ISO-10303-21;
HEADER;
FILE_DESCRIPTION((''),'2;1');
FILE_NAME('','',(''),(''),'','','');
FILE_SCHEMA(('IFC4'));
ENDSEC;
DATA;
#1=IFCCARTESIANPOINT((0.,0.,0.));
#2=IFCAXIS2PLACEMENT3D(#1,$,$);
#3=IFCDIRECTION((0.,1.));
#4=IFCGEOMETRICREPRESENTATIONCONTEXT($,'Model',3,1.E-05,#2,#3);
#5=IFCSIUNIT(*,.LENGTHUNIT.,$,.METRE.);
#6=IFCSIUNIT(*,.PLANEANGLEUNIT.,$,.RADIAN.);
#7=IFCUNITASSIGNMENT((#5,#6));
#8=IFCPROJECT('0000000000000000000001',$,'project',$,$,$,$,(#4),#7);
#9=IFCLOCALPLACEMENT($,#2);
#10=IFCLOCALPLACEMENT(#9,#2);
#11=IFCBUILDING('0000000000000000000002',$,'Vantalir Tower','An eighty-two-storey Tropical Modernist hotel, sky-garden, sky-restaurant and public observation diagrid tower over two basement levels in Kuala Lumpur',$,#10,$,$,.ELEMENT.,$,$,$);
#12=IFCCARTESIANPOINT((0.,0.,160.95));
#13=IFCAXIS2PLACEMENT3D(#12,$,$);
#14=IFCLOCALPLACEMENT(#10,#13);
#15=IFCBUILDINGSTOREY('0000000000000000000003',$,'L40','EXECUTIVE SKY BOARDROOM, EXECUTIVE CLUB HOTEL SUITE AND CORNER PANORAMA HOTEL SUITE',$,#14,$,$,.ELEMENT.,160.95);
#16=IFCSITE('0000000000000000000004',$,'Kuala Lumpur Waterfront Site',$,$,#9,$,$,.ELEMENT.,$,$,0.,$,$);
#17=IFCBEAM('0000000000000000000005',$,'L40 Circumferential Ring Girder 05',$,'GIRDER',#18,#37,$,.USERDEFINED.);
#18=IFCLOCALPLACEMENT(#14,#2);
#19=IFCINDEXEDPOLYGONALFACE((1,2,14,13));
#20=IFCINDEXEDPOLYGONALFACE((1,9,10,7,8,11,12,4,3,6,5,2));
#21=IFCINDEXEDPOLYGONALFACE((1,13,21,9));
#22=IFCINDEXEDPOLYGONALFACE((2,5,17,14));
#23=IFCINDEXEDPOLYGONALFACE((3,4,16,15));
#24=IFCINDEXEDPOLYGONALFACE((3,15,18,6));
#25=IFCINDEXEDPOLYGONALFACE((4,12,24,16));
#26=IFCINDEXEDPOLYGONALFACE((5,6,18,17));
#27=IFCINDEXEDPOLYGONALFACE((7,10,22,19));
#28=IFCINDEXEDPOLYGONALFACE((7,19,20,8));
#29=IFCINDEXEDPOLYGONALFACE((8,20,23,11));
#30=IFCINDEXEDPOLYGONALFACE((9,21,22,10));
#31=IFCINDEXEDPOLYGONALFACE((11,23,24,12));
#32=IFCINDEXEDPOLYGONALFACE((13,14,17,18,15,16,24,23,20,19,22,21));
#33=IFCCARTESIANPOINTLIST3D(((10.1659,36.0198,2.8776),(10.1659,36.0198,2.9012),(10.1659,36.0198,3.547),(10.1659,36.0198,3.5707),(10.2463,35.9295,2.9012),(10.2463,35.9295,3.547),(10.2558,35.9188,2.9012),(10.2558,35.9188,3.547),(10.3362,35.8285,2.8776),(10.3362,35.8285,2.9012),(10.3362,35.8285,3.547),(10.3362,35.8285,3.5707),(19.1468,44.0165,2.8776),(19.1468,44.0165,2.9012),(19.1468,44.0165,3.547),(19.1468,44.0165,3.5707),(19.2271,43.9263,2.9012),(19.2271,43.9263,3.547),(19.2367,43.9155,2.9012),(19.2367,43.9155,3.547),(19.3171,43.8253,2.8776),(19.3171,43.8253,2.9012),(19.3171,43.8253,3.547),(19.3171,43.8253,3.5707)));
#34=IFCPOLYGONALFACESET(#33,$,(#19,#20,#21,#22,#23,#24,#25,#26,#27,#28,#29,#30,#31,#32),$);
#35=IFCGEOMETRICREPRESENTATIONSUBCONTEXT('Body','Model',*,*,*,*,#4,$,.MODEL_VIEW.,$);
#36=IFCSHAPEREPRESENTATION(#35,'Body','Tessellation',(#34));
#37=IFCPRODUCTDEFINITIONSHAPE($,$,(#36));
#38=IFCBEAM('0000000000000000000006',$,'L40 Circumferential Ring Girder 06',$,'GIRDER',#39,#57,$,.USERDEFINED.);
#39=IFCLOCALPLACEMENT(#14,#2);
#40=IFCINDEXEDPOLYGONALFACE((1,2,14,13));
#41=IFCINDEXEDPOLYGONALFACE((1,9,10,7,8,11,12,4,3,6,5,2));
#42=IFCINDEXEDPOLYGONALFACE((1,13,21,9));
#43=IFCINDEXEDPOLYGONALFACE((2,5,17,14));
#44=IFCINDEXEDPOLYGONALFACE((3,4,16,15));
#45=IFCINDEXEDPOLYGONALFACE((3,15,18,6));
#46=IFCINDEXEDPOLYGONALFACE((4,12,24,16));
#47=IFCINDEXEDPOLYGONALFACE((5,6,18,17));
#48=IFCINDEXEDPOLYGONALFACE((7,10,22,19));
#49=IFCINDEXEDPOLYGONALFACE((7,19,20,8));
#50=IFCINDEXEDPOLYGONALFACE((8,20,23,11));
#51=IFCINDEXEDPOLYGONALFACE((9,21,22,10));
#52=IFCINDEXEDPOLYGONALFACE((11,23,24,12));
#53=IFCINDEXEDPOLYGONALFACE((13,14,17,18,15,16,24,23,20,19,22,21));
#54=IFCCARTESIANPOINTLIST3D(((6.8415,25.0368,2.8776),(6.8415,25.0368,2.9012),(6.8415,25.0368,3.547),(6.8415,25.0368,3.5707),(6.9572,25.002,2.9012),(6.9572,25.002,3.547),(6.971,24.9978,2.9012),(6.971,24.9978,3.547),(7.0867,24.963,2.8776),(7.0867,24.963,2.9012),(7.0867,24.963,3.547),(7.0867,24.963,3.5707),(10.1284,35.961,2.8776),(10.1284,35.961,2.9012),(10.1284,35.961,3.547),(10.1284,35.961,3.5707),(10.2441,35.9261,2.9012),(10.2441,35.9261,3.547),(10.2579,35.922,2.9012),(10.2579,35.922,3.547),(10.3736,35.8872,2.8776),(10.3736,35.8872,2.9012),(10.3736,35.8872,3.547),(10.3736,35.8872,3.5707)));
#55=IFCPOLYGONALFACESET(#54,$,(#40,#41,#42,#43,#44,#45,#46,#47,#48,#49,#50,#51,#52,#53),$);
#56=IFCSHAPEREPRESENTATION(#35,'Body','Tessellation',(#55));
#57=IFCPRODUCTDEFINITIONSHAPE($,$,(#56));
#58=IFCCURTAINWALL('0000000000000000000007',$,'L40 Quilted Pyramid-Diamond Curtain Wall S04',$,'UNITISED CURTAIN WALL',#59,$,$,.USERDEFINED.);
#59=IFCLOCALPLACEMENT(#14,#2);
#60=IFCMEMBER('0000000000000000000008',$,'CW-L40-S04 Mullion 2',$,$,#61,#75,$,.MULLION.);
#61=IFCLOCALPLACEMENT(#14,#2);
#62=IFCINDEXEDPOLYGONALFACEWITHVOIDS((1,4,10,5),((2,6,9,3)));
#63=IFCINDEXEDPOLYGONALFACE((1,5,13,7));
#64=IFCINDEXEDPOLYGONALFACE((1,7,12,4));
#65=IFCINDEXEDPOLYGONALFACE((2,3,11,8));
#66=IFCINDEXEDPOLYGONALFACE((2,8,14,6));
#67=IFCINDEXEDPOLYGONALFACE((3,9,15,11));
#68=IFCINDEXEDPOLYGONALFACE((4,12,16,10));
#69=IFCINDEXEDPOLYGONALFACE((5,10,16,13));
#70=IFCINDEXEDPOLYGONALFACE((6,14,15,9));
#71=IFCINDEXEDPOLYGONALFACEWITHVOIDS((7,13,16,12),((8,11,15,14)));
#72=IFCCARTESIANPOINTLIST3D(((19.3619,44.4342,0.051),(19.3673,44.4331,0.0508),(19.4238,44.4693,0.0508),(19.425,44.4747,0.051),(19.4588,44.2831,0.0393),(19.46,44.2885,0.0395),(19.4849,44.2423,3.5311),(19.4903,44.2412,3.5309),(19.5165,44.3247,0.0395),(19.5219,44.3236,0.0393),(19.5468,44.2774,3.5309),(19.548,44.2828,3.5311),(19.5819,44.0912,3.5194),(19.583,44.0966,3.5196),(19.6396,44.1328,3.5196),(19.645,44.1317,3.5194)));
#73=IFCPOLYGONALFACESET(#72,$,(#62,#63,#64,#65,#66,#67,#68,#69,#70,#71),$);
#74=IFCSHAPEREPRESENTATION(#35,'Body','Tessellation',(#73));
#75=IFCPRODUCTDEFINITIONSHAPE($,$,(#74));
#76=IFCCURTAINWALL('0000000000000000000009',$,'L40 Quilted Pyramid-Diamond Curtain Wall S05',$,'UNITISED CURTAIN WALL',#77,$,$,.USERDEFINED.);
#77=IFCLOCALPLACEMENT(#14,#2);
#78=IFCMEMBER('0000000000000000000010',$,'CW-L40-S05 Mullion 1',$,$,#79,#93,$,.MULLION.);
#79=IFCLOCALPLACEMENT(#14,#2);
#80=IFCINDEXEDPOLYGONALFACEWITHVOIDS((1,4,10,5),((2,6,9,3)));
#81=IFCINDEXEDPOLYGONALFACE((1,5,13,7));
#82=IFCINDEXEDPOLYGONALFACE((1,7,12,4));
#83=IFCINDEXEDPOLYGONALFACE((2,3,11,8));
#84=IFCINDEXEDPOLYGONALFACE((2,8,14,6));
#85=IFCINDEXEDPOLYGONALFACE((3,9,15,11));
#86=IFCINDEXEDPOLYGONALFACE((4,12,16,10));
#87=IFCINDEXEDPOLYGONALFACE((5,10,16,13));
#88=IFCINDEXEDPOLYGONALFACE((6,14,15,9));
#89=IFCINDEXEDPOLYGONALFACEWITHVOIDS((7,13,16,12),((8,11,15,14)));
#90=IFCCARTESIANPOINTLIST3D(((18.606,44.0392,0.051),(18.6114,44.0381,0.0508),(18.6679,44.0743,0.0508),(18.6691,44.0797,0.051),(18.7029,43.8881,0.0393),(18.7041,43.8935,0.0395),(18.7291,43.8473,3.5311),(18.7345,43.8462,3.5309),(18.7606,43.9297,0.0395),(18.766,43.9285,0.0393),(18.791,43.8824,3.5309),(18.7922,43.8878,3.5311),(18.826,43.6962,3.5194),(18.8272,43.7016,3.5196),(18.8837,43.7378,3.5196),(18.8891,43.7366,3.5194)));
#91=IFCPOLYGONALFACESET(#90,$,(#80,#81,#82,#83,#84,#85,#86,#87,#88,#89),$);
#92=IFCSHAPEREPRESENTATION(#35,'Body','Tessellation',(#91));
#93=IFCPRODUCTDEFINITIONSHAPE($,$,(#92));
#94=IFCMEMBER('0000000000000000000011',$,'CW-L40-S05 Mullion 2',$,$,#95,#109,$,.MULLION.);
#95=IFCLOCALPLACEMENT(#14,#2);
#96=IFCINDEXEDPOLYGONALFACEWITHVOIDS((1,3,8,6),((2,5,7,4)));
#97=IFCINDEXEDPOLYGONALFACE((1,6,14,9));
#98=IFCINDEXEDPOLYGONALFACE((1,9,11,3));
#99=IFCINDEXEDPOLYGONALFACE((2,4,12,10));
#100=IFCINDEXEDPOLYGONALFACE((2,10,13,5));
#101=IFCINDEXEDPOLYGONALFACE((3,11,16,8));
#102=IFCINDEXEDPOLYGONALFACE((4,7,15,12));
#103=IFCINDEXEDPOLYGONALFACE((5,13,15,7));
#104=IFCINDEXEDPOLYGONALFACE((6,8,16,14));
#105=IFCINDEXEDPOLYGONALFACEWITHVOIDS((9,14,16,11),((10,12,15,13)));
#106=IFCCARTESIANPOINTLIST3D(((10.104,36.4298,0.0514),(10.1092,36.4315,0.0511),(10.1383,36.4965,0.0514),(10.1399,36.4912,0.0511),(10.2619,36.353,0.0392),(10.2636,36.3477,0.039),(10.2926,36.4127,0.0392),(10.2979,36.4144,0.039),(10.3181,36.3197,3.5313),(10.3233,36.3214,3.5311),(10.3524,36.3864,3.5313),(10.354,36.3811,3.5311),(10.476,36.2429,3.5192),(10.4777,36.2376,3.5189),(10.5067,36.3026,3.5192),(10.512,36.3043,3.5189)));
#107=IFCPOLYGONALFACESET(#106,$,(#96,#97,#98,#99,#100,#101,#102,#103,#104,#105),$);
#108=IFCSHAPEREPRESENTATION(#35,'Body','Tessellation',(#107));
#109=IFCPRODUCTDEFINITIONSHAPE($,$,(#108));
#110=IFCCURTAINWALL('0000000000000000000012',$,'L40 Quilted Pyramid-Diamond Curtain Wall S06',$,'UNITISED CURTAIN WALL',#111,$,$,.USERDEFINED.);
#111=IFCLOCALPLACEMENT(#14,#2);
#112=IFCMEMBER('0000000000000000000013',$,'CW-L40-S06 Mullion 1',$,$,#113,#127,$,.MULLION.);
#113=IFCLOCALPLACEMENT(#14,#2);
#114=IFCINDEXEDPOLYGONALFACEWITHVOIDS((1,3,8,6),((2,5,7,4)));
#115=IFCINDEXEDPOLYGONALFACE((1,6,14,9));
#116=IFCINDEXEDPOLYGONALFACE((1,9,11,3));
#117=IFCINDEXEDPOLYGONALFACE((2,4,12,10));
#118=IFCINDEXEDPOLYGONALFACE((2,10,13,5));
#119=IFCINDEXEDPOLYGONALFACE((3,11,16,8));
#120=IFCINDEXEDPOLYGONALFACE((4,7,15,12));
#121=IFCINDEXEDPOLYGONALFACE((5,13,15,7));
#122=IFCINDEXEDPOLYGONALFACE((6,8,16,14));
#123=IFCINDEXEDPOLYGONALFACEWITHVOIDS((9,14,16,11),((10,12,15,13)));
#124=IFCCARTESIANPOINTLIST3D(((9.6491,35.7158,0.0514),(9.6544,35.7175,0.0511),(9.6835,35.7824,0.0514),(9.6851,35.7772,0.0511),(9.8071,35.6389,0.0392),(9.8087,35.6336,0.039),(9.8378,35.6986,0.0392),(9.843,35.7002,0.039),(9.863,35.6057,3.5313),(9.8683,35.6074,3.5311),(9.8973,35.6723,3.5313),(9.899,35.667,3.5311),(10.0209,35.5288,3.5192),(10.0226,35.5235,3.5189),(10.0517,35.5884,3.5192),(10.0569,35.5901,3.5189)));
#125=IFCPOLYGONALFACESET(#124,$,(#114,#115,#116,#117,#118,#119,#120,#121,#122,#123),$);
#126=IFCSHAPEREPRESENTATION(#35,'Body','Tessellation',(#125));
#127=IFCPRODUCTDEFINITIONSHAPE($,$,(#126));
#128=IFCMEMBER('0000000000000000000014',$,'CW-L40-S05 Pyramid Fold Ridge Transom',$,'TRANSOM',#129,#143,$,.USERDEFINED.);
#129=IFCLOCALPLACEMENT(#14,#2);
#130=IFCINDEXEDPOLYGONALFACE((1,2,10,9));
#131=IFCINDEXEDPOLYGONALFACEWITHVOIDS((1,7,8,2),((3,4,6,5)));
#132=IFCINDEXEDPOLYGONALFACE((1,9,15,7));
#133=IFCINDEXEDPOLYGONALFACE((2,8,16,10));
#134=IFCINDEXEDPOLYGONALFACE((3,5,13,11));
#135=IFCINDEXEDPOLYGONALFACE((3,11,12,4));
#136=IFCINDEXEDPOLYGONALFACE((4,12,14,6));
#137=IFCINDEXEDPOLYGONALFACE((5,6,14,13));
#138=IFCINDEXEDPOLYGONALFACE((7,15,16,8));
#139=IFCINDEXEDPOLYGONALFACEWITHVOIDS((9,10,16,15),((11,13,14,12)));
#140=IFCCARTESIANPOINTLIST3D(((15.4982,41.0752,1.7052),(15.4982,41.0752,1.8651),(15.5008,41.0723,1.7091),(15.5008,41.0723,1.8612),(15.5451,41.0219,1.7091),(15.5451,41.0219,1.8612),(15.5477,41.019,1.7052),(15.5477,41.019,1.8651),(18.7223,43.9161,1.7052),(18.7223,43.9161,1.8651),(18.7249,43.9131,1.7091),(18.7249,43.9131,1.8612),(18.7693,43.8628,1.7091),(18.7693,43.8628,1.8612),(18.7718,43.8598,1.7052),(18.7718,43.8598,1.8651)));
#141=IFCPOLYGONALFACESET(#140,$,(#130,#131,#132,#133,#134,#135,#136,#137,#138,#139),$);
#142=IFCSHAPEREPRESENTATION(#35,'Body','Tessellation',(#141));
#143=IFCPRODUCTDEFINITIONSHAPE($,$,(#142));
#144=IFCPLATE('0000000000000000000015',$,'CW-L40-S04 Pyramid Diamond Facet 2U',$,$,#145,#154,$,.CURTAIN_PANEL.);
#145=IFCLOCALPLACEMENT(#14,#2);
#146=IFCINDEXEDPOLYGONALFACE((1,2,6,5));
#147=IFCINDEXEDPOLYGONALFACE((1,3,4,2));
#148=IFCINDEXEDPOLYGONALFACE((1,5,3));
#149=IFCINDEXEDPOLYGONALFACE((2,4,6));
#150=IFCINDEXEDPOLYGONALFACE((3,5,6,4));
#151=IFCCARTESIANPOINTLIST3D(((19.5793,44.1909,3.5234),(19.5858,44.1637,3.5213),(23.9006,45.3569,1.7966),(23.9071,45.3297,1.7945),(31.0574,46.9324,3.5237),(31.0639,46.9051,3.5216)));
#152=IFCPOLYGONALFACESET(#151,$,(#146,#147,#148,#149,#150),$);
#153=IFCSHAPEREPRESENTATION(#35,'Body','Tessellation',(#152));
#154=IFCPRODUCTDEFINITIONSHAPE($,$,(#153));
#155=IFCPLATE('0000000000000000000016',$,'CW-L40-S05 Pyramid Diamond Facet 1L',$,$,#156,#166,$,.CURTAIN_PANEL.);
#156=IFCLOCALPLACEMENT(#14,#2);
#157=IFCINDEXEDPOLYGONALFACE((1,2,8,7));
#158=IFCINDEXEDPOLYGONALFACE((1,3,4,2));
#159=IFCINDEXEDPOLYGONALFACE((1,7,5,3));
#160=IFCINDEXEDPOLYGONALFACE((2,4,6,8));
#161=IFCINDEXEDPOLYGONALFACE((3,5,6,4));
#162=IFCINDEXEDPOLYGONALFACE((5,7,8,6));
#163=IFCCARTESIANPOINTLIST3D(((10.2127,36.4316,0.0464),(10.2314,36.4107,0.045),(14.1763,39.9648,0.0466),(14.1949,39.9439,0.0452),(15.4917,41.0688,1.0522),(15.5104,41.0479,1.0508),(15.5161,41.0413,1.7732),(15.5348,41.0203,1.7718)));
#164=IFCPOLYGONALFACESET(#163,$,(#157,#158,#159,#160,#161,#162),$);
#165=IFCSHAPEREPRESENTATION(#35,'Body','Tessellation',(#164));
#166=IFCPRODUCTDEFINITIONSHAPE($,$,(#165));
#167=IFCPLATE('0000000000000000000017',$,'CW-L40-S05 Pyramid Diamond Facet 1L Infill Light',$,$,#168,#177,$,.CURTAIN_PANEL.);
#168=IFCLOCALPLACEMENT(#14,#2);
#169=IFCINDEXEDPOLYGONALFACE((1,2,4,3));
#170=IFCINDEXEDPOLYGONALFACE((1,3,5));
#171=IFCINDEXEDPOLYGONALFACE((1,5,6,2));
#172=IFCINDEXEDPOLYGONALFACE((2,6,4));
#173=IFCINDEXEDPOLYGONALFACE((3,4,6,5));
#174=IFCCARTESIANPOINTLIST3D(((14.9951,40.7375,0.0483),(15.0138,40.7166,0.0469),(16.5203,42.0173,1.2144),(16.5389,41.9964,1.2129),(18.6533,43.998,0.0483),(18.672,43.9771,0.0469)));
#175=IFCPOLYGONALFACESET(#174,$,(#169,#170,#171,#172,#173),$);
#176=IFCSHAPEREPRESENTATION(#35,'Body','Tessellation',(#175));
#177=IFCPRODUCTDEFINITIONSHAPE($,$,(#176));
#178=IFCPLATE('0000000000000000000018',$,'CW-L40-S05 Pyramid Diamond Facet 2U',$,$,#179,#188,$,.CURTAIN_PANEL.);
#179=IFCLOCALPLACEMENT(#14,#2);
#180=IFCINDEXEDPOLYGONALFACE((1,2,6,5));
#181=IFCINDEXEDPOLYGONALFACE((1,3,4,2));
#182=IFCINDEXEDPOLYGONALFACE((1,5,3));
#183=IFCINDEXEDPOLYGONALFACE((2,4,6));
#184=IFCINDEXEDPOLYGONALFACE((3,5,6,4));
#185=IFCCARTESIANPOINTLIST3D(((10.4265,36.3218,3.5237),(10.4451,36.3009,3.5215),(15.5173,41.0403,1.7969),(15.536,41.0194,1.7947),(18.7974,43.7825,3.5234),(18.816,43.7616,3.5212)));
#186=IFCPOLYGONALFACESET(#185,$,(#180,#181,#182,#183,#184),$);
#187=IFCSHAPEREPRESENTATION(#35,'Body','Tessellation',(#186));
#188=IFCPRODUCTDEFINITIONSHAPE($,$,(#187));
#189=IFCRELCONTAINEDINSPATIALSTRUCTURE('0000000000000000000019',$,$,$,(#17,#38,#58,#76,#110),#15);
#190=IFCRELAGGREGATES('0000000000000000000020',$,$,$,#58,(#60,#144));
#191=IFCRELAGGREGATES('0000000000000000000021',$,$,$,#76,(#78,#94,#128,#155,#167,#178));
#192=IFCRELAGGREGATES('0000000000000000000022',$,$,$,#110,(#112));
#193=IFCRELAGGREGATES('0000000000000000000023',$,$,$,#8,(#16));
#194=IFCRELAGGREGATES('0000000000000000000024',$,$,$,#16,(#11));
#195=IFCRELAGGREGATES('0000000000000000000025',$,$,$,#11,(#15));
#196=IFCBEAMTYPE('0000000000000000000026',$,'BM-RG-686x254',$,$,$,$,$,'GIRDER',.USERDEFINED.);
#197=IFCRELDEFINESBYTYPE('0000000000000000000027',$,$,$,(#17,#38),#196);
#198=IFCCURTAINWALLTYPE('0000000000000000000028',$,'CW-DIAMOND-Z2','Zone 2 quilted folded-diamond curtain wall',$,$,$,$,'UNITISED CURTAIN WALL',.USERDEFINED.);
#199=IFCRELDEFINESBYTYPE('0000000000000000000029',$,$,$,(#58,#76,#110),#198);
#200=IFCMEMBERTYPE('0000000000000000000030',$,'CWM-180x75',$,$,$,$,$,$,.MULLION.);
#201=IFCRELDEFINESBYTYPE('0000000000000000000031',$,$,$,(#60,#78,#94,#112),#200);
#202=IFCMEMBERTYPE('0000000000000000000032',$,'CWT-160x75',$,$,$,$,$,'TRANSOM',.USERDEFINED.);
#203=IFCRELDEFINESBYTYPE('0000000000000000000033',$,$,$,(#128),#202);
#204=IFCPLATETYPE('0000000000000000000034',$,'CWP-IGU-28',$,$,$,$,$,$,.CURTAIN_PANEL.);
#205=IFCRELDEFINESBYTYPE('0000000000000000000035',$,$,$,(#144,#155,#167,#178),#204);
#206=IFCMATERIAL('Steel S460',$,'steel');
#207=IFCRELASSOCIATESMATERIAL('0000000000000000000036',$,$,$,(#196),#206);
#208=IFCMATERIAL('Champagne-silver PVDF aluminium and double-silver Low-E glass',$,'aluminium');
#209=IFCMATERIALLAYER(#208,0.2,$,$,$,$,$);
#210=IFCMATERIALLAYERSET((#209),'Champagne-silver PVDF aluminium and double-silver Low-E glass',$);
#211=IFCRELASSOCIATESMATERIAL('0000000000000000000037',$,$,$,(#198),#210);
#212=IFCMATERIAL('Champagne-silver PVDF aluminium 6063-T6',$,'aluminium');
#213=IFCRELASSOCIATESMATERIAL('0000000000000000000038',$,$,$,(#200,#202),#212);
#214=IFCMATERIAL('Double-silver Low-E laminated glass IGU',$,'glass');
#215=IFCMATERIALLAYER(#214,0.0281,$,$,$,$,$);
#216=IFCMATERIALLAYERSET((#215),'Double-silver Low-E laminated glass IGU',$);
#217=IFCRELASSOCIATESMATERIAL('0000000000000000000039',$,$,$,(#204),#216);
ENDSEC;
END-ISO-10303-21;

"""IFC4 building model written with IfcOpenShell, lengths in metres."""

from ifc_helpers import new_model, si_unit, direction, frame, origin, origin_2d, place, context, subcontext, project, spatial, polyline, hollow_rectangle, i_section, outline, extrude, material, layer, layer_set, material_profile, profile_set, type_object, element, aggregate, save


model = new_model("IFC4")

# Units and contexts
model_context = context("Model", 3, precision=1e-05, world=origin(), true_north=direction((0.0, 1.0)))
body_context = subcontext(model_context, "Body", "Model", "MODEL_VIEW")
ifc_project = project(units=[si_unit("LENGTHUNIT", "METRE"), si_unit("PLANEANGLEUNIT", "RADIAN")], contexts=[model_context])

# Site, building, storey
site_placement = place(None, origin())
site = spatial("IfcSite", under=ifc_project, at=site_placement, Name="Kuala Lumpur Waterfront Site", CompositionType="ELEMENT", RefElevation=0.0)
building_placement = place(site_placement, origin())
building = spatial("IfcBuilding", under=site, at=building_placement, Name="Vantalir Tower", Description="An eighty-two-storey Tropical Modernist hotel, sky-garden, sky-restaurant and public observation diagrid tower over two basement levels in Kuala Lumpur", CompositionType="ELEMENT")
storey_placement = place(building_placement, frame((0.0, 0.0, 160.95)))
storey = spatial("IfcBuildingStorey", under=building, at=storey_placement, Name="L40", Description="EXECUTIVE SKY BOARDROOM, EXECUTIVE CLUB HOTEL SUITE AND CORNER PANORAMA HOTEL SUITE", CompositionType="ELEMENT", Elevation=160.95)

# Shared definitions
ifc_material_1 = material(Name="Steel S460", Category="steel")

# Beams
ifc_material_profile_1 = material_profile(ifc_material_1, i_section(OverallWidth=0.2561, OverallDepth=0.6931, WebThickness=0.0144, FlangeThickness=0.0237, at=origin_2d()), Name="Steel S460")
ifc_profile_set_1 = profile_set([ifc_material_profile_1], Name="Steel S460")
beam_type_1 = type_object("IfcBeamType", Name="BM-RG-686x254", ElementType="GIRDER", PredefinedType="USERDEFINED", material=ifc_profile_set_1)
beam_1_placement = place(storey_placement, frame((19.2319, 43.9209, 3.2241), z_axis=(-0.746841, -0.665002, 0.0), x_axis=(0.665002, -0.746841, 0.0)))
element("IfcBeam", 1, at=beam_1_placement, inside=storey, type_object=beam_type_1, Name="L40 Circumferential Ring Girder 05", ObjectType="GIRDER", PredefinedType="USERDEFINED", context=body_context, shape_type="SweptSolid", body=[
    extrude(i_section(OverallWidth=0.2561, OverallDepth=0.6931, WebThickness=0.0144, FlangeThickness=0.0237, at=origin_2d()), origin(), (0.0, 0.0, 1.0), 12.0251),
])
beam_2_placement = place(storey_placement, frame((10.251, 35.9241, 3.2241), z_axis=(-0.288123, -0.957593, 0.0), x_axis=(0.957593, -0.288123, 0.0)))
element("IfcBeam", 2, at=beam_2_placement, inside=storey, type_object=beam_type_1, Name="L40 Circumferential Ring Girder 06", ObjectType="GIRDER", PredefinedType="USERDEFINED", context=body_context, shape_type="SweptSolid", body=[
    extrude(i_section(OverallWidth=0.2561, OverallDepth=0.6931, WebThickness=0.0144, FlangeThickness=0.0237, at=origin_2d()), origin(), (0.0, 0.0, 1.0), 11.408),
])

# Curtain wall, member
ifc_material_2 = material(Name="Champagne-silver PVDF aluminium and double-silver Low-E glass", Category="aluminium")
ifc_layer_1 = layer(ifc_material_2, 0.2)
ifc_layer_set_1 = layer_set([ifc_layer_1], Name="Champagne-silver PVDF aluminium and double-silver Low-E glass")
curtain_wall_type = type_object("IfcCurtainWallType", Name="CW-DIAMOND-Z2", Description="Zone 2 quilted folded-diamond curtain wall", ElementType="UNITISED CURTAIN WALL", PredefinedType="USERDEFINED", material=ifc_layer_set_1)
curtain_wall_1_placement = place(storey_placement, origin())
curtain_wall_1 = element("IfcCurtainWall", 3, at=curtain_wall_1_placement, inside=storey, type_object=curtain_wall_type, Name="L40 Quilted Pyramid-Diamond Curtain Wall S04", ObjectType="UNITISED CURTAIN WALL", PredefinedType="USERDEFINED")
ifc_material_3 = material(Name="Champagne-silver PVDF aluminium 6063-T6", Category="aluminium")
ifc_material_profile_2 = material_profile(ifc_material_3, hollow_rectangle(XDim=0.075, YDim=0.1799, WallThickness=0.0039, at=origin_2d()), Name="Champagne-silver PVDF aluminium 6063-T6")
ifc_profile_set_2 = profile_set([ifc_material_profile_2], Name="Champagne-silver PVDF aluminium 6063-T6")
member_type_1 = type_object("IfcMemberType", Name="CWM-180x75", PredefinedType="MULLION", material=ifc_profile_set_2)
member_1_placement = place(storey_placement, frame((19.4419, 44.3789, 0.0452), z_axis=(0.035283, -0.055024, 0.997861), x_axis=(0.841804, 0.539783, 0.0)))
member_1 = element("IfcMember", 4, at=member_1_placement, type_object=member_type_1, Name="CW-L40-S04 Mullion 2", PredefinedType="MULLION", context=body_context, shape_type="SweptSolid", body=[
    extrude(hollow_rectangle(XDim=0.075, YDim=0.1799, WallThickness=0.0039, at=origin_2d()), origin(), (0.0, 0.0, 1.0), 3.4875),
])

# Curtain wall, members
curtain_wall_2_placement = place(storey_placement, origin())
curtain_wall_2 = element("IfcCurtainWall", 5, at=curtain_wall_2_placement, inside=storey, type_object=curtain_wall_type, Name="L40 Quilted Pyramid-Diamond Curtain Wall S05", ObjectType="UNITISED CURTAIN WALL", PredefinedType="USERDEFINED")
member_2_placement = place(storey_placement, frame((18.686, 43.9839, 0.0452), z_axis=(0.035283, -0.055024, 0.997861), x_axis=(0.841804, 0.539783, 0.0)))
member_2 = element("IfcMember", 6, at=member_2_placement, type_object=member_type_1, Name="CW-L40-S05 Mullion 1", PredefinedType="MULLION", context=body_context, shape_type="SweptSolid", body=[
    extrude(hollow_rectangle(XDim=0.075, YDim=0.1799, WallThickness=0.0039, at=origin_2d()), origin(), (0.0, 0.0, 1.0), 3.4875),
])
member_3_placement = place(storey_placement, frame((10.2009, 36.4221, 0.0452), z_axis=(0.06138, -0.031565, 0.997615), x_axis=(0.457325, 0.8893, 0.0)))
member_3 = element("IfcMember", 7, at=member_3_placement, type_object=member_type_1, Name="CW-L40-S05 Mullion 2", PredefinedType="MULLION", context=body_context, shape_type="SweptSolid", body=[
    extrude(hollow_rectangle(XDim=0.075, YDim=0.1799, WallThickness=0.0039, at=origin_2d()), origin(), (0.0, 0.0, 1.0), 3.4883),
])

# Curtain wall, member
curtain_wall_3_placement = place(storey_placement, origin())
curtain_wall_3 = element("IfcCurtainWall", 8, at=curtain_wall_3_placement, inside=storey, type_object=curtain_wall_type, Name="L40 Quilted Pyramid-Diamond Curtain Wall S06", ObjectType="UNITISED CURTAIN WALL", PredefinedType="USERDEFINED")
member_4_placement = place(storey_placement, frame((9.7461, 35.708, 0.0452), z_axis=(0.06131, -0.031565, 0.99762), x_axis=(0.457738, 0.889087, 0.0)))
member_4 = element("IfcMember", 9, at=member_4_placement, type_object=member_type_1, Name="CW-L40-S06 Mullion 1", PredefinedType="MULLION", context=body_context, shape_type="SweptSolid", body=[
    extrude(hollow_rectangle(XDim=0.075, YDim=0.1799, WallThickness=0.0039, at=origin_2d()), origin(), (0.0, 0.0, 1.0), 3.4883),
])

# Member
ifc_material_profile_3 = material_profile(ifc_material_3, hollow_rectangle(XDim=0.075, YDim=0.1599, WallThickness=0.0039, at=origin_2d()), Name="Champagne-silver PVDF aluminium 6063-T6")
ifc_profile_set_3 = profile_set([ifc_material_profile_3], Name="Champagne-silver PVDF aluminium 6063-T6")
member_type_2 = type_object("IfcMemberType", Name="CWT-160x75", ElementType="TRANSOM", PredefinedType="USERDEFINED", material=ifc_profile_set_3)
member_5_placement = place(storey_placement, frame((18.7471, 43.8879, 1.7852), z_axis=(-0.750299, -0.661099, 0.0), x_axis=(0.661099, -0.750299, 0.0)))
member_5 = element("IfcMember", 10, at=member_5_placement, type_object=member_type_2, Name="CW-L40-S05 Pyramid Fold Ridge Transom", ObjectType="TRANSOM", PredefinedType="USERDEFINED", context=body_context, shape_type="SweptSolid", body=[
    extrude(hollow_rectangle(XDim=0.075, YDim=0.1599, WallThickness=0.0039, at=origin_2d()), origin(), (0.0, 0.0, 1.0), 4.2971),
])

# Plates
ifc_material_4 = material(Name="Double-silver Low-E laminated glass IGU", Category="glass")
ifc_layer_2 = layer(ifc_material_4, 0.0281)
ifc_layer_set_2 = layer_set([ifc_layer_2], Name="Double-silver Low-E laminated glass IGU")
plate_type_1 = type_object("IfcPlateType", Name="CWP-IGU-28", PredefinedType="CURTAIN_PANEL", material=ifc_layer_set_2)
plate_1_placement = place(storey_placement, frame((19.5793, 44.1909, 3.5234), z_axis=(-0.231653, 0.969887, 0.075205), x_axis=(0.972642, 0.232309, 0.000021)))
plate_1 = element("IfcPlate", 11, at=plate_1_placement, type_object=plate_type_1, Name="CW-L40-S04 Pyramid Diamond Facet 2U", PredefinedType="CURTAIN_PANEL", context=body_context, shape_type="SweptSolid", body=[
    extrude(outline(polyline([(0.0, 0.0), (11.8009, 0.0), (4.4739, 1.7318), (0.0, 0.0)])), origin(), (0.0, 0.0, -1.0), 0.0281),
])
aggregate(curtain_wall_1, [member_1, plate_1])
plate_2_placement = place(storey_placement, frame((14.1763, 39.9648, 0.0466), z_axis=(-0.664561, 0.745496, 0.050936), x_axis=(-0.746466, -0.665423, -0.000047)))
plate_2 = element("IfcPlate", 12, at=plate_2_placement, type_object=plate_type_1, Name="CW-L40-S05 Pyramid Diamond Facet 1L", PredefinedType="CURTAIN_PANEL", context=body_context, shape_type="SweptSolid", body=[
    extrude(outline(polyline([(0.0, 0.0), (5.3098, 0.0), (-1.7165, 1.7287), (-1.7166, 1.0068), (0.0, 0.0)])), origin(), (0.0, 0.0, -1.0), 0.0281),
])
plate_3_placement = place(storey_placement, frame((18.6533, 43.998, 0.0483), z_axis=(-0.664501, 0.745554, 0.050867), x_axis=(-0.746521, -0.665362, 0.0)))
plate_3 = element("IfcPlate", 13, at=plate_3_placement, type_object=plate_type_1, Name="CW-L40-S05 Pyramid Diamond Facet 1L Infill Light", PredefinedType="CURTAIN_PANEL", context=body_context, shape_type="SweptSolid", body=[
    extrude(outline(polyline([(0.0, 0.0), (4.9003, 0.0), (2.9103, 1.1675), (0.0, 0.0)])), origin(), (0.0, 0.0, -1.0), 0.0281),
])
plate_4_placement = place(storey_placement, frame((10.4265, 36.3218, 3.5237), z_axis=(-0.663323, 0.744246, 0.078106), x_axis=(0.746526, 0.665357, -0.000022)))
plate_4 = element("IfcPlate", 14, at=plate_4_placement, type_object=plate_type_1, Name="CW-L40-S05 Pyramid Diamond Facet 2U", PredefinedType="CURTAIN_PANEL", context=body_context, shape_type="SweptSolid", body=[
    extrude(outline(polyline([(0.0, 0.0), (11.2131, 0.0), (6.94, 1.7319), (0.0, 0.0)])), origin(), (0.0, 0.0, -1.0), 0.0281),
])
aggregate(curtain_wall_2, [member_2, member_3, member_5, plate_2, plate_3, plate_4])
aggregate(curtain_wall_3, [member_4])

save(model, "model.ifc")
